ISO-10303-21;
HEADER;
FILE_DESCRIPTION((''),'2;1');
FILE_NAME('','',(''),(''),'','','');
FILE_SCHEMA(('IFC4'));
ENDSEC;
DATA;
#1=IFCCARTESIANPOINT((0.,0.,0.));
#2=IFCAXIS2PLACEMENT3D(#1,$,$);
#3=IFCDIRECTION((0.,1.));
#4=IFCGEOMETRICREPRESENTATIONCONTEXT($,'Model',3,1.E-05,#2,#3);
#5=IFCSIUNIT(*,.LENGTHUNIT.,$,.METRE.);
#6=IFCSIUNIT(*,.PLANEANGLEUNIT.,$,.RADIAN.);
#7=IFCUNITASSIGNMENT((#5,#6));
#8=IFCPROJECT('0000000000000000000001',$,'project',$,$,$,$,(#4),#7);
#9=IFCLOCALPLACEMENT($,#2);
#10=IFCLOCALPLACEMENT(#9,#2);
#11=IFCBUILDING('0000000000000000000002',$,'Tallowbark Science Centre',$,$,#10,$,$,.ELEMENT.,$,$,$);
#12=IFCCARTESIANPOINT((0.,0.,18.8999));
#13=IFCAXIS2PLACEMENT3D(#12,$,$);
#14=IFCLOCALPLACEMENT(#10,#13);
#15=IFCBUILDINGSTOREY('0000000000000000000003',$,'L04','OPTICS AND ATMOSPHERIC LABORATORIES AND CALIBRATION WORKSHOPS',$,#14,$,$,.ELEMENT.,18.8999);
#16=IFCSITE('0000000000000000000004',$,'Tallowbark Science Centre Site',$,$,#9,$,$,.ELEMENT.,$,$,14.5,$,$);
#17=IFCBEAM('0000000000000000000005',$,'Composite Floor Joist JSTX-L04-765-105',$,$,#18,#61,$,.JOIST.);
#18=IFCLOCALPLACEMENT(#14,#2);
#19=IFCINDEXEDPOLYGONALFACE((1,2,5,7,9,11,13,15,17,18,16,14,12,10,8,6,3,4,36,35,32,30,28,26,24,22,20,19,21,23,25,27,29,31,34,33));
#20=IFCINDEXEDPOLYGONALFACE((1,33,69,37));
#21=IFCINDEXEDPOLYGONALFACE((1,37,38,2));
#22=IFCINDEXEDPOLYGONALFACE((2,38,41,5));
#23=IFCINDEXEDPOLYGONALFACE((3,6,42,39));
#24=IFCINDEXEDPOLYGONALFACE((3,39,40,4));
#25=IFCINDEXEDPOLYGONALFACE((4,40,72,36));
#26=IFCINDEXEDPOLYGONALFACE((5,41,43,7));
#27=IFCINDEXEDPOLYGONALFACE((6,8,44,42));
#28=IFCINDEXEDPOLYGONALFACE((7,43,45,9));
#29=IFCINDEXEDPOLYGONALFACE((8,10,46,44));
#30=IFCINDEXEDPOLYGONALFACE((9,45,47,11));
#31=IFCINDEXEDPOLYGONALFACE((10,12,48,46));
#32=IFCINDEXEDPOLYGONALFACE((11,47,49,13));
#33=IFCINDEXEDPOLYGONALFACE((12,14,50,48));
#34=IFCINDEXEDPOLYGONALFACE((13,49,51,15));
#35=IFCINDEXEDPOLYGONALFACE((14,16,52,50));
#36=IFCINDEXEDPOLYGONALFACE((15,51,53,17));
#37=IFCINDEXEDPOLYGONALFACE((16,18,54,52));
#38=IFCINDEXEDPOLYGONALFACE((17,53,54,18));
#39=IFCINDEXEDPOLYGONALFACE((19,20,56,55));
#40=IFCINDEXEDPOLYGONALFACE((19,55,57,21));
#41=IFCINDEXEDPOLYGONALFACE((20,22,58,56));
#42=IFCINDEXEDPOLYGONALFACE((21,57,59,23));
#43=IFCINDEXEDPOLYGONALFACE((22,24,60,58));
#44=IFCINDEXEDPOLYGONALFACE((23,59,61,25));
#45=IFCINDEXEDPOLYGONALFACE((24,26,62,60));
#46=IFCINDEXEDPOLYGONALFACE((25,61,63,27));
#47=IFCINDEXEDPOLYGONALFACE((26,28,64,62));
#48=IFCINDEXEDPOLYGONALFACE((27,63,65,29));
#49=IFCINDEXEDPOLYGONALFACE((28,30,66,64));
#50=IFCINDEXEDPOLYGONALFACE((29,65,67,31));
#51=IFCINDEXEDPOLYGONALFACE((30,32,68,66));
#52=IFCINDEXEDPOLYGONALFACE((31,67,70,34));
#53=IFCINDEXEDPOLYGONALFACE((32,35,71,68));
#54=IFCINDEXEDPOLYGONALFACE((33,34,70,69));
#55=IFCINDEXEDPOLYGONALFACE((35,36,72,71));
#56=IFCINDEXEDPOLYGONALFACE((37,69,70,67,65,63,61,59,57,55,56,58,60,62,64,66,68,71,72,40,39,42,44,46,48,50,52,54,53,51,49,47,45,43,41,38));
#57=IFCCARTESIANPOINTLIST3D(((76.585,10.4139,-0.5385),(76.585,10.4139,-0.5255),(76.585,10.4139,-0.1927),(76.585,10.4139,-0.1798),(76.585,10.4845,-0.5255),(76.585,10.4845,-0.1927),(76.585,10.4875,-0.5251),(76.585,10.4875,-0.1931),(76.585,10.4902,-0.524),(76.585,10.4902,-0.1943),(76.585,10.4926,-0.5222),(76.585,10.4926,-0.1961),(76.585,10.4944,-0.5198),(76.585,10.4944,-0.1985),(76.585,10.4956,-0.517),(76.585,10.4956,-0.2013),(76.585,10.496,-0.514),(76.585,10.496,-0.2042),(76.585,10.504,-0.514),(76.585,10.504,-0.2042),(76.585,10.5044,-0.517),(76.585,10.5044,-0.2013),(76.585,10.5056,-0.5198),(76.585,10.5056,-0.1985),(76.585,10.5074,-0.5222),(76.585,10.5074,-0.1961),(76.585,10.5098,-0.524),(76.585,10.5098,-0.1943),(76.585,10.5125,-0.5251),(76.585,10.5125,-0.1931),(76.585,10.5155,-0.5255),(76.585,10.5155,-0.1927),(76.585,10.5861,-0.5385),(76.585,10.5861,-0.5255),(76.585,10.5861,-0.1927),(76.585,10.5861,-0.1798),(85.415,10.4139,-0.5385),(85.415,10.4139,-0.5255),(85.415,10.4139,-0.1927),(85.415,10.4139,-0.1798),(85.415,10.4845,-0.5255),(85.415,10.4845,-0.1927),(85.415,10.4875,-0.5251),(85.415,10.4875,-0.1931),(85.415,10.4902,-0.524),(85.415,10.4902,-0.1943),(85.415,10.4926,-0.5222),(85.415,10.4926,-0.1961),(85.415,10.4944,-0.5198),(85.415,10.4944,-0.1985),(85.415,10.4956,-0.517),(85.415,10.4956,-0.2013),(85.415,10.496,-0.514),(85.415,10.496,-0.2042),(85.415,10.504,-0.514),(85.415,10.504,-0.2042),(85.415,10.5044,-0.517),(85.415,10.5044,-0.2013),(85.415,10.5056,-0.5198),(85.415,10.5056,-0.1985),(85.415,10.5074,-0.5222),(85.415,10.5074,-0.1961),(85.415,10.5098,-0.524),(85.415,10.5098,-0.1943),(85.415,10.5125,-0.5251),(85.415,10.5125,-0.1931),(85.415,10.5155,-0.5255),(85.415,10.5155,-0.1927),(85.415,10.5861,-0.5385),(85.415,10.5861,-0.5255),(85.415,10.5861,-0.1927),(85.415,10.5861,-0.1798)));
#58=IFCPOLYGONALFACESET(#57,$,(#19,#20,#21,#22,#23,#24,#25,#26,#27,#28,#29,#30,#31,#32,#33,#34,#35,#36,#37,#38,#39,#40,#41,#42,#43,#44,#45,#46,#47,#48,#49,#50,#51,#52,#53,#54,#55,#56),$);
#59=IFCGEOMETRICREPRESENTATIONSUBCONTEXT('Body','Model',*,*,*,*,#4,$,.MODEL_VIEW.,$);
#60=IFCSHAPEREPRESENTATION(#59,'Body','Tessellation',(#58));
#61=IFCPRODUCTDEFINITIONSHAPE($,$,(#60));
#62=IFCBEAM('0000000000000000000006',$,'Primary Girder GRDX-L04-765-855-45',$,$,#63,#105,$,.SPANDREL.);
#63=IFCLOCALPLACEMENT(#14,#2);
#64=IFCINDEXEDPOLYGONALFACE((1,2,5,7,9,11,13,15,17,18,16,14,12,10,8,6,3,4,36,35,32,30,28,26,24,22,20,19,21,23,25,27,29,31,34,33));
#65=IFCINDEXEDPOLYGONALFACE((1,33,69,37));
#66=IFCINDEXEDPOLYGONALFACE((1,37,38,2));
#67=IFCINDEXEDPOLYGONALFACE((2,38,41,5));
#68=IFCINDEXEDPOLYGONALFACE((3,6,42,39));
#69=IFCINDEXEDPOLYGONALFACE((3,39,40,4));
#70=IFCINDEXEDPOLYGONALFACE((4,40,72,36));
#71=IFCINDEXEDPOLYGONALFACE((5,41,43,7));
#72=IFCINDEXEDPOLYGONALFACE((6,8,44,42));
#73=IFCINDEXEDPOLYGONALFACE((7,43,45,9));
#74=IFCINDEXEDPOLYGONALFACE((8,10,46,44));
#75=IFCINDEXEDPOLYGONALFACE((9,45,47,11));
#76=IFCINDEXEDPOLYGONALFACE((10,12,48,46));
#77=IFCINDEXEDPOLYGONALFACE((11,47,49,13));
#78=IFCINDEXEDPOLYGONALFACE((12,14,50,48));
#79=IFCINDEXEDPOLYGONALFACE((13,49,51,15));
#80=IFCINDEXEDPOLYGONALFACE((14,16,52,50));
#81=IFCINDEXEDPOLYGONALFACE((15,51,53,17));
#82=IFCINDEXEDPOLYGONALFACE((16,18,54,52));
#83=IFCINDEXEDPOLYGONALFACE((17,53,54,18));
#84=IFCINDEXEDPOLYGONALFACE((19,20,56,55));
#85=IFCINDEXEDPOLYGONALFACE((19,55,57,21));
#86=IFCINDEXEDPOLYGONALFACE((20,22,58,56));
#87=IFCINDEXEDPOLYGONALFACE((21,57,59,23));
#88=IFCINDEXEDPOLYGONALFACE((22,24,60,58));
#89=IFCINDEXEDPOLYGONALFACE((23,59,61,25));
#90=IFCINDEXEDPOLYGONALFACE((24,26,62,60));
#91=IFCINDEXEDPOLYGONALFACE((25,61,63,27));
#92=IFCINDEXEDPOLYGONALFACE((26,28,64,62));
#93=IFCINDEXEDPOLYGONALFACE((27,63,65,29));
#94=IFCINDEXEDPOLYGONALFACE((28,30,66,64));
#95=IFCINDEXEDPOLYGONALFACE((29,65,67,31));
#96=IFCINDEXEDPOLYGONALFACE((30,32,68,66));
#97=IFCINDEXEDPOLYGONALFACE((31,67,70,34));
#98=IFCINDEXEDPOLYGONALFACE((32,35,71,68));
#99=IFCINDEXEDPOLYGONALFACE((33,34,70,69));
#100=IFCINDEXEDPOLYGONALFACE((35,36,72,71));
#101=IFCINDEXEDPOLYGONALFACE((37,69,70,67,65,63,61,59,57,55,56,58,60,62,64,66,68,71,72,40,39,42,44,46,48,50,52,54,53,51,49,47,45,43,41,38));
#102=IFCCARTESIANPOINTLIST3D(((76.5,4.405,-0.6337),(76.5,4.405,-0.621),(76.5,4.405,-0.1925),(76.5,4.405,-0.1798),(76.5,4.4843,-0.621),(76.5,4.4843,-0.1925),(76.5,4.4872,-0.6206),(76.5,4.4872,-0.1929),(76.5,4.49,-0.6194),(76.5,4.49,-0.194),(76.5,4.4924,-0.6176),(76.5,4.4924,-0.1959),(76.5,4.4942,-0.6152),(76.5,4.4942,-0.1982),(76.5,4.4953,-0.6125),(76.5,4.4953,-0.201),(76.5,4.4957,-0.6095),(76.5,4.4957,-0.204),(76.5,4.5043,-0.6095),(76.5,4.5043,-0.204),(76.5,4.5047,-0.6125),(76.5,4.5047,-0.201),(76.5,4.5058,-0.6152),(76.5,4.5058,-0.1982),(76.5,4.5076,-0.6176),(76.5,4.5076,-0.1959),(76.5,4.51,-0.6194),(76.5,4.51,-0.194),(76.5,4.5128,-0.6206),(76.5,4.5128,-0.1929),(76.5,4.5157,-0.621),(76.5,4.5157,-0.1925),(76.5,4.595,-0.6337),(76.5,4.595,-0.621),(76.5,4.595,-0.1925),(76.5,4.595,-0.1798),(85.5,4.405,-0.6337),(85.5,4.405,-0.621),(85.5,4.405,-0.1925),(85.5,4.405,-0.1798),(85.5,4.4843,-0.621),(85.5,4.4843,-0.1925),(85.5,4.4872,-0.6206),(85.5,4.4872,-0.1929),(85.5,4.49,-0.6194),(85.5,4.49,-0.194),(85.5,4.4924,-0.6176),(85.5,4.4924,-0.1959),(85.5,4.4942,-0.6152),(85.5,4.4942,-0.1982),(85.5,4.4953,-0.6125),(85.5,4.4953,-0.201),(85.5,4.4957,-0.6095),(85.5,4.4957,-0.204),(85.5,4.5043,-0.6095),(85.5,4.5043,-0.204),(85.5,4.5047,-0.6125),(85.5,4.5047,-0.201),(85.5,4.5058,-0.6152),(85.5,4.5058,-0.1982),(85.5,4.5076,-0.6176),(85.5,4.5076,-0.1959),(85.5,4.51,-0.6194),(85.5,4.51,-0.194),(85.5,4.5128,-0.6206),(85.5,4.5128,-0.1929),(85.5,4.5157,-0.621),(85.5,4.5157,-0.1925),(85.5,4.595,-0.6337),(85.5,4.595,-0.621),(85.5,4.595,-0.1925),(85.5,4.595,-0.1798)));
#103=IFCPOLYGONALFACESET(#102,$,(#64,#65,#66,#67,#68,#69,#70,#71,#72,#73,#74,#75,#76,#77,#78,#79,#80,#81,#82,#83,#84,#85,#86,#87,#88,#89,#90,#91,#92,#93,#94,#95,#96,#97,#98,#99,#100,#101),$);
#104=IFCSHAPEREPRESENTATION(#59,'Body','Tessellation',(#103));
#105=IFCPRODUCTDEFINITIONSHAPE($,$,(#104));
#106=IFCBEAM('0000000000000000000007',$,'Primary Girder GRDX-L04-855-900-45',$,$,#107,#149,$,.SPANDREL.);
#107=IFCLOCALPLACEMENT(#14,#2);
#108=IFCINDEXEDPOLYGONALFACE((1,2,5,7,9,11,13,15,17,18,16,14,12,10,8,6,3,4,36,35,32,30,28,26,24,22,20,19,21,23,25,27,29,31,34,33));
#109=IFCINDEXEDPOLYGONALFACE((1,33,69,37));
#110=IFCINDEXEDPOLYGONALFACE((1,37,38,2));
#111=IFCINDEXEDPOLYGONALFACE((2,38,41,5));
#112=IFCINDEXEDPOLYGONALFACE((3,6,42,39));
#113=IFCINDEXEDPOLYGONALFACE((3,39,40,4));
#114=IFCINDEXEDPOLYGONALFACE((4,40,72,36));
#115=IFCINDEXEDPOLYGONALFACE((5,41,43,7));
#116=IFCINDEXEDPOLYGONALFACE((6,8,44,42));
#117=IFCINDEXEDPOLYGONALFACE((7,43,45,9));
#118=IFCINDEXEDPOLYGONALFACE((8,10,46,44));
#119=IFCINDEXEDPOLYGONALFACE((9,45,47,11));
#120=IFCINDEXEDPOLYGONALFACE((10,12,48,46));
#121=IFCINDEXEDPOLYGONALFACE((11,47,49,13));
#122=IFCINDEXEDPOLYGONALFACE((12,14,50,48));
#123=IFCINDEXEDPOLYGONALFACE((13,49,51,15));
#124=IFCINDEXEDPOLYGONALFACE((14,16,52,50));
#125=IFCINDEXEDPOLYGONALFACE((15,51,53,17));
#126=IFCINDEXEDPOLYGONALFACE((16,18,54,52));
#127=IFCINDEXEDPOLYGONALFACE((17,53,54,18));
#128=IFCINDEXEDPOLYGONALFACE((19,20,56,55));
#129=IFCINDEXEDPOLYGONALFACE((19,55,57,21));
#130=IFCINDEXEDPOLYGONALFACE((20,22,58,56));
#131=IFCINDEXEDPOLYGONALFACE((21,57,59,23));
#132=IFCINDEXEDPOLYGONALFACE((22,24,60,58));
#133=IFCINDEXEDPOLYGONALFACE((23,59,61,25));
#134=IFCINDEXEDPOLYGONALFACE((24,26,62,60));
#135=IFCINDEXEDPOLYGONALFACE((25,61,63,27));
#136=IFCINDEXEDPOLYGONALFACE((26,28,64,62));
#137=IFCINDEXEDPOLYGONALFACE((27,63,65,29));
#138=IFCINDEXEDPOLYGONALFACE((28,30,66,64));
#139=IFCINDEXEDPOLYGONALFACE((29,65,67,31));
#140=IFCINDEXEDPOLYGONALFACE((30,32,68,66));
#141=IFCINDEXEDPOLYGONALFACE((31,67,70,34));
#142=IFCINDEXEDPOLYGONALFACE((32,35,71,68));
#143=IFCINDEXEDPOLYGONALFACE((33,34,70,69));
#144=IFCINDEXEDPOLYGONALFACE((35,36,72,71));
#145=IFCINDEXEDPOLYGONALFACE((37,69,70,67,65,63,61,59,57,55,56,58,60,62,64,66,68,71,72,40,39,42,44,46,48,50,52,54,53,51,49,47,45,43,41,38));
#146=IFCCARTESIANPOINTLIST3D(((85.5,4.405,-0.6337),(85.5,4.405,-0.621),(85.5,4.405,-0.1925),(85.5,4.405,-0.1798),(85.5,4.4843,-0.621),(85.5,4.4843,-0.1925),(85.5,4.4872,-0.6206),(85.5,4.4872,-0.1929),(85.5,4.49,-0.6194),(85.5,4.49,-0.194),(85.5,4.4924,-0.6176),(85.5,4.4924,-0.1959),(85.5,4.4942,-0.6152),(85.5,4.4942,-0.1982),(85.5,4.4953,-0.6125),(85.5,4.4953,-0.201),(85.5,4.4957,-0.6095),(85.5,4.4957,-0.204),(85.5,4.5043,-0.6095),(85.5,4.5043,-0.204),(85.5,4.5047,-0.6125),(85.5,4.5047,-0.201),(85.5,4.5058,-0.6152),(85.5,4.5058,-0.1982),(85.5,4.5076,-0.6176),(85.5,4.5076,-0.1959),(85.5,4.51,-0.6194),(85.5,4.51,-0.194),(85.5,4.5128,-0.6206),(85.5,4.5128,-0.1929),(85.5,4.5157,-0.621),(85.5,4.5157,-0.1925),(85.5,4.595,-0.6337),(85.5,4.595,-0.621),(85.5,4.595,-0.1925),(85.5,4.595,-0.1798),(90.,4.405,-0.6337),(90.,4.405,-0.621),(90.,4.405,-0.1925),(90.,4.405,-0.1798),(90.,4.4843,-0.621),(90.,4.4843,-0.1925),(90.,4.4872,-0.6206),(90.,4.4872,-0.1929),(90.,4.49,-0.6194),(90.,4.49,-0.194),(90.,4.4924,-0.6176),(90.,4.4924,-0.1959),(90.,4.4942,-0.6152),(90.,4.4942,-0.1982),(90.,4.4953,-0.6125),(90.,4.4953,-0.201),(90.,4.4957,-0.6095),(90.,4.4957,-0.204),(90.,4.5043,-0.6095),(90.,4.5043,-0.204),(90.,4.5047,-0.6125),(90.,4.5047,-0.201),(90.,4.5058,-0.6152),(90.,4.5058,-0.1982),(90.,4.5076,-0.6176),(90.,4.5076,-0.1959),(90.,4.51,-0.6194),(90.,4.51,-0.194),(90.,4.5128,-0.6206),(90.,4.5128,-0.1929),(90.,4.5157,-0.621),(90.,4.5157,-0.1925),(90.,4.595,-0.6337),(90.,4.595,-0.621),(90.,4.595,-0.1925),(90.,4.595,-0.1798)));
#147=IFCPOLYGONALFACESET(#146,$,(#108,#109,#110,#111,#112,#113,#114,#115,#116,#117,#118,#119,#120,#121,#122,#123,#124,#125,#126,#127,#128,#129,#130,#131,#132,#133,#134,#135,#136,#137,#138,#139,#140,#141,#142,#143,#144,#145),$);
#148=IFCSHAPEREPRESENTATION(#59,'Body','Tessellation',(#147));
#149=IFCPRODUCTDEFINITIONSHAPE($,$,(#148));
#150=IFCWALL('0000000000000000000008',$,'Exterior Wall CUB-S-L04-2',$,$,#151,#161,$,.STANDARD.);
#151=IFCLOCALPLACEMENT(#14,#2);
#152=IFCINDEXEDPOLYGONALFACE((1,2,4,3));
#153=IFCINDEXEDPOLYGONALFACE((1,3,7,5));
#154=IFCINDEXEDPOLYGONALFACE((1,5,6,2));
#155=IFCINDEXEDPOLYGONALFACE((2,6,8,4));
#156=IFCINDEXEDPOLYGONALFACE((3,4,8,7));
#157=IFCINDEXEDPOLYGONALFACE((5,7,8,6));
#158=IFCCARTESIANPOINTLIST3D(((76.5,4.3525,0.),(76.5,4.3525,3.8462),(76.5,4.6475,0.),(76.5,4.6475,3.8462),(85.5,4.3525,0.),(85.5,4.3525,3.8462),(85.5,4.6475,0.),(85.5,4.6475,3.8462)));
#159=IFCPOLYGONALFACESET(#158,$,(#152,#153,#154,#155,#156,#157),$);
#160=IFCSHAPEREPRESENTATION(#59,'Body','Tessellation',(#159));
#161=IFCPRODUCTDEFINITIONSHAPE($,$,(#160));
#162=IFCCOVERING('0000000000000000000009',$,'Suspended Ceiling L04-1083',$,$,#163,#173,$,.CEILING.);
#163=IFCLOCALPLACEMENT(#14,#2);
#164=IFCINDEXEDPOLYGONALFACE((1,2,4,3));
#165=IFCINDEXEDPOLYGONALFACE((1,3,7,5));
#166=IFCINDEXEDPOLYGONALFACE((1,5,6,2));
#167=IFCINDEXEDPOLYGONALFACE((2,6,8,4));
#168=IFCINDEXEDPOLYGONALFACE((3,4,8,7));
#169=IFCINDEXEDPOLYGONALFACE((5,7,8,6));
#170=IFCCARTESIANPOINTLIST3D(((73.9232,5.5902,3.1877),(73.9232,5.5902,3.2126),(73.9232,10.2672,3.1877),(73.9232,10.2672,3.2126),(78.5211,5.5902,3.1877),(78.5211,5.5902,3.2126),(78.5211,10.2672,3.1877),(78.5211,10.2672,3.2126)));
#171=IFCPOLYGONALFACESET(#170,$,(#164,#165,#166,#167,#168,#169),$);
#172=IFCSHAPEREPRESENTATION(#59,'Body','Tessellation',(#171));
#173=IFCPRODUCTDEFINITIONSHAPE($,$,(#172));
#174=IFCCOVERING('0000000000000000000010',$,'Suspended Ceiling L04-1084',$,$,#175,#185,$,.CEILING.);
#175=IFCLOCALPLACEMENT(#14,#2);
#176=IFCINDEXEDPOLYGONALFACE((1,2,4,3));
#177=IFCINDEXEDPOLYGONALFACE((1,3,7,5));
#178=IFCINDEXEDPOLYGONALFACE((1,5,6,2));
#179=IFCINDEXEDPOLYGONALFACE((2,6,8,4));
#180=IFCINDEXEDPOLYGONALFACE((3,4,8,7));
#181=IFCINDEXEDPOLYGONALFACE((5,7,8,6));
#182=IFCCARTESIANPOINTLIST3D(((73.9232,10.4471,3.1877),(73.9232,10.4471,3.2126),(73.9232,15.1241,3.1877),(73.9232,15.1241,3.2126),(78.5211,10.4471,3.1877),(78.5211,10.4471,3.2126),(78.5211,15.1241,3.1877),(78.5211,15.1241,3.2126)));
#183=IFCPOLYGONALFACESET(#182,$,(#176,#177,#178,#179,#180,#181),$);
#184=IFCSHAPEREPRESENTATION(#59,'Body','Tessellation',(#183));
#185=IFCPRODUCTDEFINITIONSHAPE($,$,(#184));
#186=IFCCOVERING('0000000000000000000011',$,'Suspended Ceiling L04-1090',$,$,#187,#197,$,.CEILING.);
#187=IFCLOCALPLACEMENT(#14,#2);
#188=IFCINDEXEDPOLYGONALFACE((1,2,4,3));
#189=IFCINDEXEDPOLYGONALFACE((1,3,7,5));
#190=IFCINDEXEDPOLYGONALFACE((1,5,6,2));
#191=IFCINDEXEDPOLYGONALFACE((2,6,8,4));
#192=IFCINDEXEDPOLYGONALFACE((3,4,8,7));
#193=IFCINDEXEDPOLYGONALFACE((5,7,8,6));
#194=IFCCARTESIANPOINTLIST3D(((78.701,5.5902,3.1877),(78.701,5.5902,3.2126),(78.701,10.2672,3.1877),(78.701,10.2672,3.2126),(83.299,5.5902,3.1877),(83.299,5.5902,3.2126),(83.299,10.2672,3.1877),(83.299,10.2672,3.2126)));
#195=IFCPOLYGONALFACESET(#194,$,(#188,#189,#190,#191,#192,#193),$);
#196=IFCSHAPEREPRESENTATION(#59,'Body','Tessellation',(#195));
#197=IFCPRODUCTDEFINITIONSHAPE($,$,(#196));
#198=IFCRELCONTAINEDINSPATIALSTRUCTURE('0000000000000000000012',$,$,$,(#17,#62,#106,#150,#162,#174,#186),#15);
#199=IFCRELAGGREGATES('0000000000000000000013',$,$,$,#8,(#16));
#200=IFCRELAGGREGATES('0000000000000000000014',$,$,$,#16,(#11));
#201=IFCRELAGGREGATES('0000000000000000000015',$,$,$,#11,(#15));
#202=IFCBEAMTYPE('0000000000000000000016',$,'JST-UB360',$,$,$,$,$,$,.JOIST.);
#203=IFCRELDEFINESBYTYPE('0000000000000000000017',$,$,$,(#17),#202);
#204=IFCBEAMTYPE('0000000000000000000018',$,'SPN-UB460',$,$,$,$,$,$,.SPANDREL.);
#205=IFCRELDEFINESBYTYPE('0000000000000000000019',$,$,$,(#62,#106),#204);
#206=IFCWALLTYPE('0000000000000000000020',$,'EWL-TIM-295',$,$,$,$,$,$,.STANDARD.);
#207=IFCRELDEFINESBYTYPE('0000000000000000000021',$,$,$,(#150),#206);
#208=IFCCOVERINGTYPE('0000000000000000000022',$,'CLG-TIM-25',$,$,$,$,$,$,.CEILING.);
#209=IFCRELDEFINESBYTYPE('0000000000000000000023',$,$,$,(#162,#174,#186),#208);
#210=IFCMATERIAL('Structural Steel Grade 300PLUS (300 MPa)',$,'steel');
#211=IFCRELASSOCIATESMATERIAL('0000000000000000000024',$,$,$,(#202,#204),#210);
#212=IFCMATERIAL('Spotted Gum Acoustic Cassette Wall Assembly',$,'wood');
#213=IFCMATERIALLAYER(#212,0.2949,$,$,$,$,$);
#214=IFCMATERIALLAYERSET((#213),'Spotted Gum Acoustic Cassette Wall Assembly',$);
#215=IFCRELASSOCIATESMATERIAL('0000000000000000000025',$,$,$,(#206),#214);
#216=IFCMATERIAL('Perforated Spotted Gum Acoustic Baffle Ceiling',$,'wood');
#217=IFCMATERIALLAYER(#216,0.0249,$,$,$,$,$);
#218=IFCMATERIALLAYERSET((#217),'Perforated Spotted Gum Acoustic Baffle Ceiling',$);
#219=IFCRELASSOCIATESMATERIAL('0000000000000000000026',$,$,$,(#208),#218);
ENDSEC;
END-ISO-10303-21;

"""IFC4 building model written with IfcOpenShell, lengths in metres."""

from ifc_helpers import new_model, si_unit, direction, frame, frame_2d, origin, origin_2d, place, context, subcontext, project, spatial, rectangle, i_section, extrude, material, layer, layer_set, material_profile, profile_set, type_object, element, save


model = new_model("IFC4")

# Units and contexts
model_context = context("Model", 3, precision=1e-05, world=origin(), true_north=direction((0.0, 1.0)))
body_context = subcontext(model_context, "Body", "Model", "MODEL_VIEW")
ifc_project = project(units=[si_unit("LENGTHUNIT", "METRE"), si_unit("PLANEANGLEUNIT", "RADIAN")], contexts=[model_context])

# Site, building, storey
site_placement = place(None, origin())
site = spatial("IfcSite", under=ifc_project, at=site_placement, Name="Tallowbark Science Centre Site", CompositionType="ELEMENT", RefElevation=14.5)
building_placement = place(site_placement, origin())
building = spatial("IfcBuilding", under=site, at=building_placement, Name="Tallowbark Science Centre", CompositionType="ELEMENT")
storey_placement = place(building_placement, frame((0.0, 0.0, 18.8999)))
storey = spatial("IfcBuildingStorey", under=building, at=storey_placement, Name="L04", Description="OPTICS AND ATMOSPHERIC LABORATORIES AND CALIBRATION WORKSHOPS", CompositionType="ELEMENT", Elevation=18.8999)

# Shared definitions
ifc_material_1 = material(Name="Structural Steel Grade 300PLUS (300 MPa)", Category="steel")

# Beams
ifc_material_profile_1 = material_profile(ifc_material_1, i_section(OverallWidth=0.1721, OverallDepth=0.3586, WebThickness=0.0081, FlangeThickness=0.0129, FilletRadius=0.0115, at=origin_2d()), Name="360UB56.7")
ifc_profile_set_1 = profile_set([ifc_material_profile_1], Name="Structural Steel Grade 300PLUS (300 MPa)")
beam_type_1 = type_object("IfcBeamType", Name="JST-UB360", PredefinedType="JOIST", material=ifc_profile_set_1)
for number, where, z_axis, x_axis, name in (
    (1, (76.585, 10.5, -0.3591), (1.0, 0.0, 0.0), (0.0, 1.0, 0.0), "Composite Floor Joist JSTX-L04-765-105"),
):
    element("IfcBeam", number, at=place(storey_placement, frame(where, z_axis=z_axis, x_axis=x_axis)), inside=storey, type_object=beam_type_1, Name=name, PredefinedType="JOIST", context=body_context, shape_type="SweptSolid", body=[
        extrude(i_section(OverallWidth=0.1721, OverallDepth=0.3586, WebThickness=0.0081, FlangeThickness=0.0129, FilletRadius=0.0115, at=origin_2d()), origin(), (0.0, 0.0, 1.0), 8.8301),
    ])
ifc_material_profile_2 = material_profile(ifc_material_1, i_section(OverallWidth=0.1899, OverallDepth=0.4539, WebThickness=0.0085, FlangeThickness=0.0127, FilletRadius=0.0115, at=origin_2d()), Name="460UB67.1")
ifc_profile_set_2 = profile_set([ifc_material_profile_2], Name="Structural Steel Grade 300PLUS (300 MPa)")
beam_type_2 = type_object("IfcBeamType", Name="SPN-UB460", PredefinedType="SPANDREL", material=ifc_profile_set_2)
beam_1_placement = place(storey_placement, frame((76.5, 4.5, -0.4067), z_axis=(1.0, 0.0, 0.0), x_axis=(0.0, 1.0, 0.0)))
element("IfcBeam", 2, at=beam_1_placement, inside=storey, type_object=beam_type_2, Name="Primary Girder GRDX-L04-765-855-45", PredefinedType="SPANDREL", context=body_context, shape_type="SweptSolid", body=[
    extrude(i_section(OverallWidth=0.1899, OverallDepth=0.4539, WebThickness=0.0085, FlangeThickness=0.0127, FilletRadius=0.0115, at=origin_2d()), origin(), (0.0, 0.0, 1.0), 9.0),
])
beam_2_placement = place(storey_placement, frame((85.5, 4.5, -0.4067), z_axis=(1.0, 0.0, 0.0), x_axis=(0.0, 1.0, 0.0)))
element("IfcBeam", 3, at=beam_2_placement, inside=storey, type_object=beam_type_2, Name="Primary Girder GRDX-L04-855-900-45", PredefinedType="SPANDREL", context=body_context, shape_type="SweptSolid", body=[
    extrude(i_section(OverallWidth=0.1899, OverallDepth=0.4539, WebThickness=0.0085, FlangeThickness=0.0127, FilletRadius=0.0115, at=origin_2d()), origin(), (0.0, 0.0, 1.0), 4.5),
])

# Wall
ifc_material_2 = material(Name="Spotted Gum Acoustic Cassette Wall Assembly", Category="wood")
ifc_layer_1 = layer(ifc_material_2, 0.2949)
ifc_layer_set_1 = layer_set([ifc_layer_1], Name="Spotted Gum Acoustic Cassette Wall Assembly")
wall_type = type_object("IfcWallType", Name="EWL-TIM-295", PredefinedType="STANDARD", material=ifc_layer_set_1)
wall_placement = place(storey_placement, frame((76.5, 4.5, 0.0), z_axis=(0.0, 0.0, 1.0), x_axis=(1.0, 0.0, 0.0)))
element("IfcWall", 4, at=wall_placement, inside=storey, type_object=wall_type, Name="Exterior Wall CUB-S-L04-2", PredefinedType="STANDARD", context=body_context, shape_type="SweptSolid", body=[
    extrude(rectangle(XDim=9.0, YDim=0.2949, at=frame_2d((4.5, 0.0))), origin(), (0.0, 0.0, 1.0), 3.8462),
])

# Coverings
ifc_material_3 = material(Name="Perforated Spotted Gum Acoustic Baffle Ceiling", Category="wood")
ifc_layer_2 = layer(ifc_material_3, 0.0249)
ifc_layer_set_2 = layer_set([ifc_layer_2], Name="Perforated Spotted Gum Acoustic Baffle Ceiling")
covering_type_1 = type_object("IfcCoveringType", Name="CLG-TIM-25", PredefinedType="CEILING", material=ifc_layer_set_2)
for number, where, z_axis, x_axis, name in (
    (5, (76.2222, 7.9287, 3.1877), (0.0, 0.0, 1.0), (1.0, 0.0, 0.0), "Suspended Ceiling L04-1083"),
    (6, (76.2222, 12.7856, 3.1877), (0.0, 0.0, 1.0), (1.0, 0.0, 0.0), "Suspended Ceiling L04-1084"),
    (7, (81.0, 7.9287, 3.1877), (0.0, 0.0, 1.0), (1.0, 0.0, 0.0), "Suspended Ceiling L04-1090"),
):
    element("IfcCovering", number, at=place(storey_placement, frame(where, z_axis=z_axis, x_axis=x_axis)), inside=storey, type_object=covering_type_1, Name=name, PredefinedType="CEILING", context=body_context, shape_type="SweptSolid", body=[
        extrude(rectangle(XDim=4.5979, YDim=4.677, at=origin_2d()), origin(), (0.0, 0.0, 1.0), 0.0249),
    ])

save(model, "model.ifc")
